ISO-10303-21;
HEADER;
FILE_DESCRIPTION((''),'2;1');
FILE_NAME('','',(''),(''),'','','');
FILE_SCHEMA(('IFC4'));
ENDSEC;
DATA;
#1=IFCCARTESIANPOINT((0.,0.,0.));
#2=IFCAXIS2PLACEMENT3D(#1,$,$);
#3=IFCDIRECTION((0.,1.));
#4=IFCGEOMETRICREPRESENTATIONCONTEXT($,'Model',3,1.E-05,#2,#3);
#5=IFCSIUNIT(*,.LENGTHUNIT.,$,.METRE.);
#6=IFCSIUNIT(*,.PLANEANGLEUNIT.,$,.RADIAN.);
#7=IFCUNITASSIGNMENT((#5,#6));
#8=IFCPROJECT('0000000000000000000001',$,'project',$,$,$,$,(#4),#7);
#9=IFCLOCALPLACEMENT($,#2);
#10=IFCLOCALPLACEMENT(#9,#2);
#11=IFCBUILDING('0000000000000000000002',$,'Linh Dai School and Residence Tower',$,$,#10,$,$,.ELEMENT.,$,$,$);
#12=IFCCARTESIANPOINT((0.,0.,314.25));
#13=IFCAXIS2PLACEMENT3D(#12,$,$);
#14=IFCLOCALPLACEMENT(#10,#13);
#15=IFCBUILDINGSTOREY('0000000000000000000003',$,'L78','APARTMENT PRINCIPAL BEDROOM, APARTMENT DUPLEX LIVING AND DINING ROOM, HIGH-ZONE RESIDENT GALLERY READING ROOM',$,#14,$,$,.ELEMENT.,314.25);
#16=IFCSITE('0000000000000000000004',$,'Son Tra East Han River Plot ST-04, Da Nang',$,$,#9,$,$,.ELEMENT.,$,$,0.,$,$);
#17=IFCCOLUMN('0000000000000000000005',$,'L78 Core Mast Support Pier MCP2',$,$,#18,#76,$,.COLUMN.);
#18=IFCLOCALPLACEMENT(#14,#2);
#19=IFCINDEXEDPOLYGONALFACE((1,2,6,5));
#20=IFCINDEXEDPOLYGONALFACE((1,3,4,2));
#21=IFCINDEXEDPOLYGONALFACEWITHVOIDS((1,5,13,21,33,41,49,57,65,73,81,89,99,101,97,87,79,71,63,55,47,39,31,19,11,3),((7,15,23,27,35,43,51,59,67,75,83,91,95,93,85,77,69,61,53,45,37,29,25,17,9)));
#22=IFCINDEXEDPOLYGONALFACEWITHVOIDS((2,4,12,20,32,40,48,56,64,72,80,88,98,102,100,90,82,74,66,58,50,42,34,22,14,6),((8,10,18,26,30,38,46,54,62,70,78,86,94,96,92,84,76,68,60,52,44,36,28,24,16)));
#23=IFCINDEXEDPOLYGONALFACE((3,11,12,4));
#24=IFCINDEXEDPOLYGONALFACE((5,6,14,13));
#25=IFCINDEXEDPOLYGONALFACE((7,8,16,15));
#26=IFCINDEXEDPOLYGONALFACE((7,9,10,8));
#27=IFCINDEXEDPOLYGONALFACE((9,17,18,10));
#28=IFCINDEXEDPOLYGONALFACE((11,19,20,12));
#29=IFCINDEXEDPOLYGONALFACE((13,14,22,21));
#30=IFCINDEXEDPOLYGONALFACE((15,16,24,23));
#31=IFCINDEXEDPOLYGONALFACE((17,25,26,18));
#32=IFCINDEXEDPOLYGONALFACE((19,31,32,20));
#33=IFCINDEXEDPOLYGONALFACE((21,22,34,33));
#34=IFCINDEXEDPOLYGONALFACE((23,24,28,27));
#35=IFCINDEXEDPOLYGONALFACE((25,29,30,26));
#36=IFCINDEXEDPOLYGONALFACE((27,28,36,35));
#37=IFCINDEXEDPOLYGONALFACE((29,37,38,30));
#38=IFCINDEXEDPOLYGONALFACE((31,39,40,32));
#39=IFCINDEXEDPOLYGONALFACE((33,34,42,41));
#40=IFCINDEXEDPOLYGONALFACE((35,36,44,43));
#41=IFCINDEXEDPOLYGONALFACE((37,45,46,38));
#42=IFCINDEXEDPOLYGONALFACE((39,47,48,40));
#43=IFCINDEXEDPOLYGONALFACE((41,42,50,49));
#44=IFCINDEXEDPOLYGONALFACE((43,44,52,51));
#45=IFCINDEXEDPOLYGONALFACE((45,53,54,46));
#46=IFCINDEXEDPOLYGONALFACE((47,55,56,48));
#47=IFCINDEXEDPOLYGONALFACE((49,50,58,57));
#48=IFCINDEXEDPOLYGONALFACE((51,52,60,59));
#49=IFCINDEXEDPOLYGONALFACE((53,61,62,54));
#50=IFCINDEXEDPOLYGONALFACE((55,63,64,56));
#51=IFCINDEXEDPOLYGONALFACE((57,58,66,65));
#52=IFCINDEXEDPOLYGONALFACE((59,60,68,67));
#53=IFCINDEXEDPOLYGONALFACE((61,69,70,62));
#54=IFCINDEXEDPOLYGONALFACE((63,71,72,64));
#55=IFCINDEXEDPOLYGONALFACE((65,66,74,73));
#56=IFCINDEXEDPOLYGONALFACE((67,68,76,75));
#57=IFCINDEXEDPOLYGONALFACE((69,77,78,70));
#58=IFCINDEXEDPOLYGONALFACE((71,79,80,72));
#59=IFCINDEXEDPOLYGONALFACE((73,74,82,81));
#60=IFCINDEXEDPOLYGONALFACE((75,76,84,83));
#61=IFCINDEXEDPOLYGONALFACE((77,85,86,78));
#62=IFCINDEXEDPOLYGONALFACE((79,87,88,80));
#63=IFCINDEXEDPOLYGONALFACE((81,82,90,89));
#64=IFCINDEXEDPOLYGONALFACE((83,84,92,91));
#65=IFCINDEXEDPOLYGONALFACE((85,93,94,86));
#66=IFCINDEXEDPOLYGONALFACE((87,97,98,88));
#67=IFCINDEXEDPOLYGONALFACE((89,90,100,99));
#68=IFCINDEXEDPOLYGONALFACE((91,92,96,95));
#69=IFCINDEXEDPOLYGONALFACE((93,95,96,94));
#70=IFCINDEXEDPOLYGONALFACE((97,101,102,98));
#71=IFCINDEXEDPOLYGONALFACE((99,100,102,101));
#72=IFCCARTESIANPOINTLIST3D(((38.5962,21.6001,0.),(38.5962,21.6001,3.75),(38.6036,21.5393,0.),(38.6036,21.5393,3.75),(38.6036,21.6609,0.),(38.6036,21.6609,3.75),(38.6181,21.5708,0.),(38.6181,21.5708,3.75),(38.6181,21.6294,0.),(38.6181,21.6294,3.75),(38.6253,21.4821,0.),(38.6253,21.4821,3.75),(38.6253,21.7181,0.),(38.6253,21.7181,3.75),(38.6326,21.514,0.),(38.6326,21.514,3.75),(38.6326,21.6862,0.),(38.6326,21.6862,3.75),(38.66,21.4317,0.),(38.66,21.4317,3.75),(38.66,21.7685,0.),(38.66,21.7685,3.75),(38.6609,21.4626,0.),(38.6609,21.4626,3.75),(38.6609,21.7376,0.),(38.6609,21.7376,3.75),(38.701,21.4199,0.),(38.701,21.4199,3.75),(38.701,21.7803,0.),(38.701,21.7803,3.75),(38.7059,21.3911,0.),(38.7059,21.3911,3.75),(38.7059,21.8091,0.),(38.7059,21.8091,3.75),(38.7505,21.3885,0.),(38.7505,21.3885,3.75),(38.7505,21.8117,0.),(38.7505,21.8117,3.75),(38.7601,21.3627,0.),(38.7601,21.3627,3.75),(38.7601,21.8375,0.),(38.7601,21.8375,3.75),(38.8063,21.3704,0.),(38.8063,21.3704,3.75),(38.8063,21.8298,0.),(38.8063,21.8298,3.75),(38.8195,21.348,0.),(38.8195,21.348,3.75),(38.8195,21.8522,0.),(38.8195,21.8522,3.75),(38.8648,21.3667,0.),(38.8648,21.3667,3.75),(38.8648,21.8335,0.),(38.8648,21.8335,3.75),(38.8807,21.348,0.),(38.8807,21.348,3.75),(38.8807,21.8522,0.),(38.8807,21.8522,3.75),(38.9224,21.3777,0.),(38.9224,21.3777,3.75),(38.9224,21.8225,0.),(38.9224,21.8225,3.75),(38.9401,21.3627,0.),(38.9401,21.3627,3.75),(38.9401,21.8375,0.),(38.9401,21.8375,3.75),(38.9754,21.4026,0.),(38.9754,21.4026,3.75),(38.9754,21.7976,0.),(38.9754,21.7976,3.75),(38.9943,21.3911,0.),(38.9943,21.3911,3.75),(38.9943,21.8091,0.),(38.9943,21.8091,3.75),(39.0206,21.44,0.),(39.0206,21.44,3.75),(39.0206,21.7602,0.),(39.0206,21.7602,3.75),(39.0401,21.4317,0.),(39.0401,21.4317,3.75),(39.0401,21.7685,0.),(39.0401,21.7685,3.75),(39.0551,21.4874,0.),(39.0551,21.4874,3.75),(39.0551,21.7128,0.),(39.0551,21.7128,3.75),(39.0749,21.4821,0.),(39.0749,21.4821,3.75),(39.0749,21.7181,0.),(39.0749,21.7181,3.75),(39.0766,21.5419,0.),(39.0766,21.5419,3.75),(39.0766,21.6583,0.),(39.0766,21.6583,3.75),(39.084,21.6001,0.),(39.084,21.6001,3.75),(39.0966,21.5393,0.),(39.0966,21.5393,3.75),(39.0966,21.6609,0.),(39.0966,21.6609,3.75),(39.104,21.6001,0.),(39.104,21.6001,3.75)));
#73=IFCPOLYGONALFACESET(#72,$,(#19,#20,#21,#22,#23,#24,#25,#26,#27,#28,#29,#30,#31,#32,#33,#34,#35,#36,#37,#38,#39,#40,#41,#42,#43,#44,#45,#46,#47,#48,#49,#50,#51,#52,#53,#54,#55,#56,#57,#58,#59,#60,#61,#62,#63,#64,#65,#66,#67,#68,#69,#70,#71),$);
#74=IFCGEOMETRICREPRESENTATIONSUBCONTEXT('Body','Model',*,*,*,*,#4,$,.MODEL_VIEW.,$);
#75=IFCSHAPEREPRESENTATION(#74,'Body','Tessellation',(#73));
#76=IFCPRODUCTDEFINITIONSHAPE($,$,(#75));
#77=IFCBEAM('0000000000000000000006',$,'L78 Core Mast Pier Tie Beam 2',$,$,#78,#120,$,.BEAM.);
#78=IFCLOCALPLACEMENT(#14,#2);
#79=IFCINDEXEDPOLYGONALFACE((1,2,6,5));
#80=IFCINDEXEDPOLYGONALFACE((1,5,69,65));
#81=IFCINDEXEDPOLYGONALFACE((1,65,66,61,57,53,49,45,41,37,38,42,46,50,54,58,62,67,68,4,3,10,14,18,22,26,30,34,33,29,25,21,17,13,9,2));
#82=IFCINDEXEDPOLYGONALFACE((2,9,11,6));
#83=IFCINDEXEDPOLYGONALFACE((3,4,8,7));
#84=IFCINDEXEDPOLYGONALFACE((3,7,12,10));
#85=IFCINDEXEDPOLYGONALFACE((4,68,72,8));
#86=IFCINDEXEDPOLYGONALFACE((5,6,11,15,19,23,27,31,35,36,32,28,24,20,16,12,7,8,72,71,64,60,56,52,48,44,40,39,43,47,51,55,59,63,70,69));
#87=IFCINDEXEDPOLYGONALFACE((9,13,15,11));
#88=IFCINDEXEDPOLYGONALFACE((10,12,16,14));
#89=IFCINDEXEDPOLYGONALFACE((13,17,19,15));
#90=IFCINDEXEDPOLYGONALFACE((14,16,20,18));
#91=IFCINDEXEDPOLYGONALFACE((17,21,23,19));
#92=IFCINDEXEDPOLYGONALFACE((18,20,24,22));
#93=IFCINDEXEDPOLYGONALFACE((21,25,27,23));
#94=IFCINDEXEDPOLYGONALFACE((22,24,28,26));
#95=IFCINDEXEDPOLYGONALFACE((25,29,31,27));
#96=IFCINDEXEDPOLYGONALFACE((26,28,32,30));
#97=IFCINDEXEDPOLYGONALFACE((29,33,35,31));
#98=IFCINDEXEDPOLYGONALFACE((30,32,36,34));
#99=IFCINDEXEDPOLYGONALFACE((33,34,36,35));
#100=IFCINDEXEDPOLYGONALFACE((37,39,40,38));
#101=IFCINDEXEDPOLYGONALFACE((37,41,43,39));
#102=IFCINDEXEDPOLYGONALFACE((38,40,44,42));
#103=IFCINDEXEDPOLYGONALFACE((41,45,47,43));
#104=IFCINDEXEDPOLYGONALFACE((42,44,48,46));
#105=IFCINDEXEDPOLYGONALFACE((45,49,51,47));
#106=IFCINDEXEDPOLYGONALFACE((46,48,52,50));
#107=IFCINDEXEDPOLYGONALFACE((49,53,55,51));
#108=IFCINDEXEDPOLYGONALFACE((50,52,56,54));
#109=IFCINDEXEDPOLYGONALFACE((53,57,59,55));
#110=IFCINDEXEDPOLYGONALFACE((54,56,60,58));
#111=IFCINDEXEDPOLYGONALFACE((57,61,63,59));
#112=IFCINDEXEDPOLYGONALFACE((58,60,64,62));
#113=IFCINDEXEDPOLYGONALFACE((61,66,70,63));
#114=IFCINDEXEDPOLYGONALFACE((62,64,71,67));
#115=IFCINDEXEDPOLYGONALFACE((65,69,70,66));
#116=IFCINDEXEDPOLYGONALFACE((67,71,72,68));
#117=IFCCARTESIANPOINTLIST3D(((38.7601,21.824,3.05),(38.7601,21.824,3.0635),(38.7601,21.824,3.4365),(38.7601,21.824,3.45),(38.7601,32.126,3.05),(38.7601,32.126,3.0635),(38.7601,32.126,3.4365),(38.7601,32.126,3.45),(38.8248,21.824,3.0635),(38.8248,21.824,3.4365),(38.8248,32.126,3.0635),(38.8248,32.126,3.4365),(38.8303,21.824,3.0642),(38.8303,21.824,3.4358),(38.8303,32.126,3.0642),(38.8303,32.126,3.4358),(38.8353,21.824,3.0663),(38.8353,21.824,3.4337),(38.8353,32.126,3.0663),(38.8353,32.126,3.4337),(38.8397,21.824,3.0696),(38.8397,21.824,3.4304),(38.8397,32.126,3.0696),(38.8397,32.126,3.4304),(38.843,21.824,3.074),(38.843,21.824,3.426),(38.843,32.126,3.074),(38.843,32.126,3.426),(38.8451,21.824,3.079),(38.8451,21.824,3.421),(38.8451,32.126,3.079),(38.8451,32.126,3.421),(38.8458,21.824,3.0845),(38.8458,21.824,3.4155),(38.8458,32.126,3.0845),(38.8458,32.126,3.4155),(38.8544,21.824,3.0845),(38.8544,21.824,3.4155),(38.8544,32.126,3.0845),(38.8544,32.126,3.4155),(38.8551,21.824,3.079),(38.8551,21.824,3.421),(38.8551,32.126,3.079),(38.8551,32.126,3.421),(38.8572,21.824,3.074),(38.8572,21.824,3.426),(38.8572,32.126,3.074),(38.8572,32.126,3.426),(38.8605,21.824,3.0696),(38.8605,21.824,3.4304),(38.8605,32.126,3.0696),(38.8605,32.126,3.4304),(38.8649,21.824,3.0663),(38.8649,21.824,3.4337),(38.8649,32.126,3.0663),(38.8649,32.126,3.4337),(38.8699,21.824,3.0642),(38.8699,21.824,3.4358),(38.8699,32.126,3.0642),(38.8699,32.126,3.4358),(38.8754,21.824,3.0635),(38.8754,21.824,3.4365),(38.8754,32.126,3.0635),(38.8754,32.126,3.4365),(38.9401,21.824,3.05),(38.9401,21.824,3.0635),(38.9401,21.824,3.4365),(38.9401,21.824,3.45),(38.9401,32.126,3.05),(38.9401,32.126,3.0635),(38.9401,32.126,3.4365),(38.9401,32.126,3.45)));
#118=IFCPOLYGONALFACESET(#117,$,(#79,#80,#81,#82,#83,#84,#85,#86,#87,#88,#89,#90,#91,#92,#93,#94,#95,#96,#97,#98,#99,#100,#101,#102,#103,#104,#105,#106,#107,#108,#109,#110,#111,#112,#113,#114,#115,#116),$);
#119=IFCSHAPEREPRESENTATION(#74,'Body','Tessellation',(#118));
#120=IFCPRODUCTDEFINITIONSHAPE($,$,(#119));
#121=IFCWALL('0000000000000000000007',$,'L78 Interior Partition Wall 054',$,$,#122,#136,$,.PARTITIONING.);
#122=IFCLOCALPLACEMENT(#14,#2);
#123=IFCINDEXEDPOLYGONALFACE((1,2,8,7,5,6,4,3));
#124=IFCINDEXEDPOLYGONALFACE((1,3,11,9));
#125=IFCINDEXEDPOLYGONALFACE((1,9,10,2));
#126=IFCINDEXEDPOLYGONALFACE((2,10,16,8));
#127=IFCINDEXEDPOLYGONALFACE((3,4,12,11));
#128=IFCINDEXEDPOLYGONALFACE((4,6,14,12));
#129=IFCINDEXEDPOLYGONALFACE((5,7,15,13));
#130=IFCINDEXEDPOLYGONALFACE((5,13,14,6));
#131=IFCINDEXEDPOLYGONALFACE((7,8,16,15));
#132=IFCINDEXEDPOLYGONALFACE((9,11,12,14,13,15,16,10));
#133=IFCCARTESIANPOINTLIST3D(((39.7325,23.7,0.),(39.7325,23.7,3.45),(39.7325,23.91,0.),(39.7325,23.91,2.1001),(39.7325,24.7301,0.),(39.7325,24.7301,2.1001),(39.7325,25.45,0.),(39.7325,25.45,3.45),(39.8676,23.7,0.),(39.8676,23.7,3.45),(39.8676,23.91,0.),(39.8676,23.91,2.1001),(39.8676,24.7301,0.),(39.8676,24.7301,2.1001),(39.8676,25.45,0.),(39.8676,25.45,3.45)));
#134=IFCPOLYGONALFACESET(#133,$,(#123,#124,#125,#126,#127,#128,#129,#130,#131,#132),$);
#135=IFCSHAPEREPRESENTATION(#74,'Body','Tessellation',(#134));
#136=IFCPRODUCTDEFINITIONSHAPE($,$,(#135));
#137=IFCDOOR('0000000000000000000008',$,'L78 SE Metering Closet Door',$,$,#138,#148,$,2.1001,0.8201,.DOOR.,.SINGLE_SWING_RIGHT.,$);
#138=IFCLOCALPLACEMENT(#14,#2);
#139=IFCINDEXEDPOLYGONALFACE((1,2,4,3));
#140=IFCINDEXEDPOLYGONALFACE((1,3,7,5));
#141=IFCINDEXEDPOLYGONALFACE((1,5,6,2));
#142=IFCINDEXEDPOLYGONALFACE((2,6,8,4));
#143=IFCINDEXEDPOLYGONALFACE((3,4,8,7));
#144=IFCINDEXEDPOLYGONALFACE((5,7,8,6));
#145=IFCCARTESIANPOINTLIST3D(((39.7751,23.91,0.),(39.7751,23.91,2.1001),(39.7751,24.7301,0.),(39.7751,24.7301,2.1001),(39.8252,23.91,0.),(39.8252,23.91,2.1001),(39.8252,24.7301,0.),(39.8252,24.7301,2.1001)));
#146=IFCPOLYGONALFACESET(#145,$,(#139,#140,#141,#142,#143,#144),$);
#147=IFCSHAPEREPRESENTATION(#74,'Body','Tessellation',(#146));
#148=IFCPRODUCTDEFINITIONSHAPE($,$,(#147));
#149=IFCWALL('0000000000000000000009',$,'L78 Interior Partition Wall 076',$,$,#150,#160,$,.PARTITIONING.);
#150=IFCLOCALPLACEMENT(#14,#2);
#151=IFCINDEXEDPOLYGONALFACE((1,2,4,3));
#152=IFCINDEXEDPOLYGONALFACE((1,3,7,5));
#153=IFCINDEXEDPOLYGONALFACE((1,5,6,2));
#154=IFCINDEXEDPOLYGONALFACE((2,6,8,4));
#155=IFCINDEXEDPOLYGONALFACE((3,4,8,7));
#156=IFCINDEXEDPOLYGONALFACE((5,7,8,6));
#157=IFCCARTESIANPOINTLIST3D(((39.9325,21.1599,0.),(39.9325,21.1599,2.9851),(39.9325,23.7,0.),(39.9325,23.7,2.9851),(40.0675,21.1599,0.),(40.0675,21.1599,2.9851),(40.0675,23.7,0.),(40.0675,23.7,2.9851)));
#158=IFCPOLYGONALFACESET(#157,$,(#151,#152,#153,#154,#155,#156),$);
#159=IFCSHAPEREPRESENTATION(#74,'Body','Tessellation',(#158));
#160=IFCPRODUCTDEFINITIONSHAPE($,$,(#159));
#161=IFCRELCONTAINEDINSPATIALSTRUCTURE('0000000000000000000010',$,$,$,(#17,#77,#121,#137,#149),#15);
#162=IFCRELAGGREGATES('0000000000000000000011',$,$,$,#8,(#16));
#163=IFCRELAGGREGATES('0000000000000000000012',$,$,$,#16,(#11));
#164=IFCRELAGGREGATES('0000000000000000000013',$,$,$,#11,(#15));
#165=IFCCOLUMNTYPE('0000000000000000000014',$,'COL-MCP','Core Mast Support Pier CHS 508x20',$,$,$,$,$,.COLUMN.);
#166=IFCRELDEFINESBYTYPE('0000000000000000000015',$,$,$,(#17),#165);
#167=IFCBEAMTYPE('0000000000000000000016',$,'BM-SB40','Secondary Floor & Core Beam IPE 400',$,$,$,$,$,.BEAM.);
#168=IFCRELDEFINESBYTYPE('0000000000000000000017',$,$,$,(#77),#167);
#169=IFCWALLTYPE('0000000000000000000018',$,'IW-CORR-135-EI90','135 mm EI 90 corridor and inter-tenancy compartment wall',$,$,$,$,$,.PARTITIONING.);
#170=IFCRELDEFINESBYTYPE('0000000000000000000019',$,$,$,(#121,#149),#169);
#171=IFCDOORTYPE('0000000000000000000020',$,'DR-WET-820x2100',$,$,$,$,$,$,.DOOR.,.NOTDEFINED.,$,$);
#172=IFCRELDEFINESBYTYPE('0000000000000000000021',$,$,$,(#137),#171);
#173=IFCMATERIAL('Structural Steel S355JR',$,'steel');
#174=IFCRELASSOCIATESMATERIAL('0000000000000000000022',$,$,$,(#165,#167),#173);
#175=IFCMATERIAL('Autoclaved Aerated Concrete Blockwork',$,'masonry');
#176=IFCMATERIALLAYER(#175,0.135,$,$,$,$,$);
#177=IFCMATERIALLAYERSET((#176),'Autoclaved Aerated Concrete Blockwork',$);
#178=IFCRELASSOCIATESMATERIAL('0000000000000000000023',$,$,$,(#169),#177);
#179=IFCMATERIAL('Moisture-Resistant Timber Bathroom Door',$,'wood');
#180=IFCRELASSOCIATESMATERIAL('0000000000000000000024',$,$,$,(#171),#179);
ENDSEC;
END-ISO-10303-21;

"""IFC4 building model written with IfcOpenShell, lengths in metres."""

from ifc_helpers import new_model, si_unit, direction, frame, frame_2d, origin, origin_2d, place, context, subcontext, project, spatial, rectangle, hollow_circle, i_section, extrude, source, transform, mapped, material, layer, layer_set, material_profile, profile_set, type_object, element, fill, save


model = new_model("IFC4")

# Units and contexts
model_context = context("Model", 3, precision=1e-05, world=origin(), true_north=direction((0.0, 1.0)))
body_context = subcontext(model_context, "Body", "Model", "MODEL_VIEW")
ifc_project = project(units=[si_unit("LENGTHUNIT", "METRE"), si_unit("PLANEANGLEUNIT", "RADIAN")], contexts=[model_context])

# Site, building, storey
site_placement = place(None, origin())
site = spatial("IfcSite", under=ifc_project, at=site_placement, Name="Son Tra East Han River Plot ST-04, Da Nang", CompositionType="ELEMENT", RefElevation=0.0)
building_placement = place(site_placement, origin())
building = spatial("IfcBuilding", under=site, at=building_placement, Name="Linh Dai School and Residence Tower", CompositionType="ELEMENT")
storey_placement = place(building_placement, frame((0.0, 0.0, 314.25)))
storey = spatial("IfcBuildingStorey", under=building, at=storey_placement, Name="L78", Description="APARTMENT PRINCIPAL BEDROOM, APARTMENT DUPLEX LIVING AND DINING ROOM, HIGH-ZONE RESIDENT GALLERY READING ROOM", CompositionType="ELEMENT", Elevation=314.25)

# Column
ifc_material_1 = material(Name="Structural Steel S355JR", Category="steel")
ifc_material_profile_1 = material_profile(ifc_material_1, hollow_circle(Radius=0.2539, WallThickness=0.02, at=origin_2d()), Name="CHS 508x20")
ifc_profile_set_1 = profile_set([ifc_material_profile_1], Name="Structural Steel S355JR")
column_type_1 = type_object("IfcColumnType", Name="COL-MCP", Description="Core Mast Support Pier CHS 508x20", PredefinedType="COLUMN", material=ifc_profile_set_1)
column_placement = place(storey_placement, frame((38.8501, 21.6001, 0.0), z_axis=(0.0, 0.0, 1.0), x_axis=(1.0, 0.0, 0.0)))
element("IfcColumn", 1, at=column_placement, inside=storey, type_object=column_type_1, Name="L78 Core Mast Support Pier MCP2", PredefinedType="COLUMN", context=body_context, shape_type="SweptSolid", body=[
    extrude(hollow_circle(Radius=0.2539, WallThickness=0.02, at=origin_2d()), origin(), (0.0, 0.0, 1.0), 3.75),
])

# Beam
ifc_material_profile_2 = material_profile(ifc_material_1, i_section(OverallWidth=0.1799, OverallDepth=0.3999, WebThickness=0.0085, FlangeThickness=0.0134, FilletRadius=0.021, at=origin_2d()), Name="IPE 400")
ifc_profile_set_2 = profile_set([ifc_material_profile_2], Name="Structural Steel S355JR")
beam_type = type_object("IfcBeamType", Name="BM-SB40", Description="Secondary Floor & Core Beam IPE 400", PredefinedType="BEAM", material=ifc_profile_set_2)
beam_placement = place(storey_placement, frame((38.8501, 21.824, 3.25), z_axis=(0.0, 1.0, 0.0), x_axis=(-1.0, 0.0, 0.0)))
element("IfcBeam", 2, at=beam_placement, inside=storey, type_object=beam_type, Name="L78 Core Mast Pier Tie Beam 2", PredefinedType="BEAM", context=body_context, shape_type="SweptSolid", body=[
    extrude(i_section(OverallWidth=0.1799, OverallDepth=0.3999, WebThickness=0.0085, FlangeThickness=0.0134, FilletRadius=0.021, at=origin_2d()), origin(), (0.0, 0.0, 1.0), 10.302),
])

# Wall, opening, door
ifc_material_2 = material(Name="Autoclaved Aerated Concrete Blockwork", Category="masonry")
ifc_layer_1 = layer(ifc_material_2, 0.135)
ifc_layer_set_1 = layer_set([ifc_layer_1], Name="Autoclaved Aerated Concrete Blockwork")
wall_type_1 = type_object("IfcWallType", Name="IW-CORR-135-EI90", Description="135 mm EI 90 corridor and inter-tenancy compartment wall", PredefinedType="PARTITIONING", material=ifc_layer_set_1)
wall_1_placement = place(storey_placement, frame((39.8, 23.7, 0.0), z_axis=(0.0, 0.0, 1.0), x_axis=(0.0, 1.0, 0.0)))
wall_1 = element("IfcWall", 3, at=wall_1_placement, inside=storey, type_object=wall_type_1, Name="L78 Interior Partition Wall 054", PredefinedType="PARTITIONING", context=body_context, shape_type="SweptSolid", body=[
    extrude(rectangle(XDim=1.75, YDim=0.135, at=frame_2d((0.875, 0.0))), origin(), (0.0, 0.0, 1.0), 3.45),
])
opening_1_placement = place(wall_1_placement, frame((0.21, 0.0, 0.0)))
opening_1 = element("IfcOpeningElement", 4, at=opening_1_placement, cuts=wall_1, PredefinedType="OPENING", context=body_context, shape_type="SweptSolid", body=[
    extrude(rectangle(XDim=0.8201, YDim=2.1001, at=origin_2d()), frame((0.4102, 0.0776, 1.05), z_axis=(0.0, -1.0, 0.0), x_axis=(1.0, 0.0, 0.0)), (0.0, 0.0, 1.0), 0.155),
])
ifc_material_3 = material(Name="Moisture-Resistant Timber Bathroom Door", Category="wood")
door_type_1 = type_object("IfcDoorType", Name="DR-WET-820x2100", OperationType="NOTDEFINED", PredefinedType="DOOR", material=ifc_material_3)
shared_shape_1 = source(origin(), body_context, "Body", "SweptSolid", [
    extrude(rectangle(XDim=0.8201, YDim=2.1001, at=origin_2d()), frame((0.4102, 0.0249, 1.05), z_axis=(0.0, -1.0, 0.0), x_axis=(1.0, 0.0, 0.0)), (0.0, 0.0, 1.0), 0.05),
])
door_1_placement = place(opening_1_placement, origin())
door_1 = element("IfcDoor", 5, at=door_1_placement, inside=storey, type_object=door_type_1, Name="L78 SE Metering Closet Door", OperationType="SINGLE_SWING_RIGHT", OverallHeight=2.1001, OverallWidth=0.8201, PredefinedType="DOOR", context=body_context, shape_type="MappedRepresentation", body=[
    mapped(shared_shape_1, transform((0.0, 0.0, 0.0), x_axis=(1.0, 0.0, 0.0), y_axis=(0.0, 1.0, 0.0), z_axis=(0.0, 0.0, 1.0), scale=1.0)),
])
fill(opening_1, door_1)

# Wall
wall_2_placement = place(storey_placement, frame((40.0, 23.7, 0.0), z_axis=(0.0, 0.0, 1.0), x_axis=(0.0, -1.0, 0.0)))
element("IfcWall", 6, at=wall_2_placement, inside=storey, type_object=wall_type_1, Name="L78 Interior Partition Wall 076", PredefinedType="PARTITIONING", context=body_context, shape_type="SweptSolid", body=[
    extrude(rectangle(XDim=2.54, YDim=0.135, at=frame_2d((1.27, 0.0))), origin(), (0.0, 0.0, 1.0), 2.9851),
])

save(model, "model.ifc")
